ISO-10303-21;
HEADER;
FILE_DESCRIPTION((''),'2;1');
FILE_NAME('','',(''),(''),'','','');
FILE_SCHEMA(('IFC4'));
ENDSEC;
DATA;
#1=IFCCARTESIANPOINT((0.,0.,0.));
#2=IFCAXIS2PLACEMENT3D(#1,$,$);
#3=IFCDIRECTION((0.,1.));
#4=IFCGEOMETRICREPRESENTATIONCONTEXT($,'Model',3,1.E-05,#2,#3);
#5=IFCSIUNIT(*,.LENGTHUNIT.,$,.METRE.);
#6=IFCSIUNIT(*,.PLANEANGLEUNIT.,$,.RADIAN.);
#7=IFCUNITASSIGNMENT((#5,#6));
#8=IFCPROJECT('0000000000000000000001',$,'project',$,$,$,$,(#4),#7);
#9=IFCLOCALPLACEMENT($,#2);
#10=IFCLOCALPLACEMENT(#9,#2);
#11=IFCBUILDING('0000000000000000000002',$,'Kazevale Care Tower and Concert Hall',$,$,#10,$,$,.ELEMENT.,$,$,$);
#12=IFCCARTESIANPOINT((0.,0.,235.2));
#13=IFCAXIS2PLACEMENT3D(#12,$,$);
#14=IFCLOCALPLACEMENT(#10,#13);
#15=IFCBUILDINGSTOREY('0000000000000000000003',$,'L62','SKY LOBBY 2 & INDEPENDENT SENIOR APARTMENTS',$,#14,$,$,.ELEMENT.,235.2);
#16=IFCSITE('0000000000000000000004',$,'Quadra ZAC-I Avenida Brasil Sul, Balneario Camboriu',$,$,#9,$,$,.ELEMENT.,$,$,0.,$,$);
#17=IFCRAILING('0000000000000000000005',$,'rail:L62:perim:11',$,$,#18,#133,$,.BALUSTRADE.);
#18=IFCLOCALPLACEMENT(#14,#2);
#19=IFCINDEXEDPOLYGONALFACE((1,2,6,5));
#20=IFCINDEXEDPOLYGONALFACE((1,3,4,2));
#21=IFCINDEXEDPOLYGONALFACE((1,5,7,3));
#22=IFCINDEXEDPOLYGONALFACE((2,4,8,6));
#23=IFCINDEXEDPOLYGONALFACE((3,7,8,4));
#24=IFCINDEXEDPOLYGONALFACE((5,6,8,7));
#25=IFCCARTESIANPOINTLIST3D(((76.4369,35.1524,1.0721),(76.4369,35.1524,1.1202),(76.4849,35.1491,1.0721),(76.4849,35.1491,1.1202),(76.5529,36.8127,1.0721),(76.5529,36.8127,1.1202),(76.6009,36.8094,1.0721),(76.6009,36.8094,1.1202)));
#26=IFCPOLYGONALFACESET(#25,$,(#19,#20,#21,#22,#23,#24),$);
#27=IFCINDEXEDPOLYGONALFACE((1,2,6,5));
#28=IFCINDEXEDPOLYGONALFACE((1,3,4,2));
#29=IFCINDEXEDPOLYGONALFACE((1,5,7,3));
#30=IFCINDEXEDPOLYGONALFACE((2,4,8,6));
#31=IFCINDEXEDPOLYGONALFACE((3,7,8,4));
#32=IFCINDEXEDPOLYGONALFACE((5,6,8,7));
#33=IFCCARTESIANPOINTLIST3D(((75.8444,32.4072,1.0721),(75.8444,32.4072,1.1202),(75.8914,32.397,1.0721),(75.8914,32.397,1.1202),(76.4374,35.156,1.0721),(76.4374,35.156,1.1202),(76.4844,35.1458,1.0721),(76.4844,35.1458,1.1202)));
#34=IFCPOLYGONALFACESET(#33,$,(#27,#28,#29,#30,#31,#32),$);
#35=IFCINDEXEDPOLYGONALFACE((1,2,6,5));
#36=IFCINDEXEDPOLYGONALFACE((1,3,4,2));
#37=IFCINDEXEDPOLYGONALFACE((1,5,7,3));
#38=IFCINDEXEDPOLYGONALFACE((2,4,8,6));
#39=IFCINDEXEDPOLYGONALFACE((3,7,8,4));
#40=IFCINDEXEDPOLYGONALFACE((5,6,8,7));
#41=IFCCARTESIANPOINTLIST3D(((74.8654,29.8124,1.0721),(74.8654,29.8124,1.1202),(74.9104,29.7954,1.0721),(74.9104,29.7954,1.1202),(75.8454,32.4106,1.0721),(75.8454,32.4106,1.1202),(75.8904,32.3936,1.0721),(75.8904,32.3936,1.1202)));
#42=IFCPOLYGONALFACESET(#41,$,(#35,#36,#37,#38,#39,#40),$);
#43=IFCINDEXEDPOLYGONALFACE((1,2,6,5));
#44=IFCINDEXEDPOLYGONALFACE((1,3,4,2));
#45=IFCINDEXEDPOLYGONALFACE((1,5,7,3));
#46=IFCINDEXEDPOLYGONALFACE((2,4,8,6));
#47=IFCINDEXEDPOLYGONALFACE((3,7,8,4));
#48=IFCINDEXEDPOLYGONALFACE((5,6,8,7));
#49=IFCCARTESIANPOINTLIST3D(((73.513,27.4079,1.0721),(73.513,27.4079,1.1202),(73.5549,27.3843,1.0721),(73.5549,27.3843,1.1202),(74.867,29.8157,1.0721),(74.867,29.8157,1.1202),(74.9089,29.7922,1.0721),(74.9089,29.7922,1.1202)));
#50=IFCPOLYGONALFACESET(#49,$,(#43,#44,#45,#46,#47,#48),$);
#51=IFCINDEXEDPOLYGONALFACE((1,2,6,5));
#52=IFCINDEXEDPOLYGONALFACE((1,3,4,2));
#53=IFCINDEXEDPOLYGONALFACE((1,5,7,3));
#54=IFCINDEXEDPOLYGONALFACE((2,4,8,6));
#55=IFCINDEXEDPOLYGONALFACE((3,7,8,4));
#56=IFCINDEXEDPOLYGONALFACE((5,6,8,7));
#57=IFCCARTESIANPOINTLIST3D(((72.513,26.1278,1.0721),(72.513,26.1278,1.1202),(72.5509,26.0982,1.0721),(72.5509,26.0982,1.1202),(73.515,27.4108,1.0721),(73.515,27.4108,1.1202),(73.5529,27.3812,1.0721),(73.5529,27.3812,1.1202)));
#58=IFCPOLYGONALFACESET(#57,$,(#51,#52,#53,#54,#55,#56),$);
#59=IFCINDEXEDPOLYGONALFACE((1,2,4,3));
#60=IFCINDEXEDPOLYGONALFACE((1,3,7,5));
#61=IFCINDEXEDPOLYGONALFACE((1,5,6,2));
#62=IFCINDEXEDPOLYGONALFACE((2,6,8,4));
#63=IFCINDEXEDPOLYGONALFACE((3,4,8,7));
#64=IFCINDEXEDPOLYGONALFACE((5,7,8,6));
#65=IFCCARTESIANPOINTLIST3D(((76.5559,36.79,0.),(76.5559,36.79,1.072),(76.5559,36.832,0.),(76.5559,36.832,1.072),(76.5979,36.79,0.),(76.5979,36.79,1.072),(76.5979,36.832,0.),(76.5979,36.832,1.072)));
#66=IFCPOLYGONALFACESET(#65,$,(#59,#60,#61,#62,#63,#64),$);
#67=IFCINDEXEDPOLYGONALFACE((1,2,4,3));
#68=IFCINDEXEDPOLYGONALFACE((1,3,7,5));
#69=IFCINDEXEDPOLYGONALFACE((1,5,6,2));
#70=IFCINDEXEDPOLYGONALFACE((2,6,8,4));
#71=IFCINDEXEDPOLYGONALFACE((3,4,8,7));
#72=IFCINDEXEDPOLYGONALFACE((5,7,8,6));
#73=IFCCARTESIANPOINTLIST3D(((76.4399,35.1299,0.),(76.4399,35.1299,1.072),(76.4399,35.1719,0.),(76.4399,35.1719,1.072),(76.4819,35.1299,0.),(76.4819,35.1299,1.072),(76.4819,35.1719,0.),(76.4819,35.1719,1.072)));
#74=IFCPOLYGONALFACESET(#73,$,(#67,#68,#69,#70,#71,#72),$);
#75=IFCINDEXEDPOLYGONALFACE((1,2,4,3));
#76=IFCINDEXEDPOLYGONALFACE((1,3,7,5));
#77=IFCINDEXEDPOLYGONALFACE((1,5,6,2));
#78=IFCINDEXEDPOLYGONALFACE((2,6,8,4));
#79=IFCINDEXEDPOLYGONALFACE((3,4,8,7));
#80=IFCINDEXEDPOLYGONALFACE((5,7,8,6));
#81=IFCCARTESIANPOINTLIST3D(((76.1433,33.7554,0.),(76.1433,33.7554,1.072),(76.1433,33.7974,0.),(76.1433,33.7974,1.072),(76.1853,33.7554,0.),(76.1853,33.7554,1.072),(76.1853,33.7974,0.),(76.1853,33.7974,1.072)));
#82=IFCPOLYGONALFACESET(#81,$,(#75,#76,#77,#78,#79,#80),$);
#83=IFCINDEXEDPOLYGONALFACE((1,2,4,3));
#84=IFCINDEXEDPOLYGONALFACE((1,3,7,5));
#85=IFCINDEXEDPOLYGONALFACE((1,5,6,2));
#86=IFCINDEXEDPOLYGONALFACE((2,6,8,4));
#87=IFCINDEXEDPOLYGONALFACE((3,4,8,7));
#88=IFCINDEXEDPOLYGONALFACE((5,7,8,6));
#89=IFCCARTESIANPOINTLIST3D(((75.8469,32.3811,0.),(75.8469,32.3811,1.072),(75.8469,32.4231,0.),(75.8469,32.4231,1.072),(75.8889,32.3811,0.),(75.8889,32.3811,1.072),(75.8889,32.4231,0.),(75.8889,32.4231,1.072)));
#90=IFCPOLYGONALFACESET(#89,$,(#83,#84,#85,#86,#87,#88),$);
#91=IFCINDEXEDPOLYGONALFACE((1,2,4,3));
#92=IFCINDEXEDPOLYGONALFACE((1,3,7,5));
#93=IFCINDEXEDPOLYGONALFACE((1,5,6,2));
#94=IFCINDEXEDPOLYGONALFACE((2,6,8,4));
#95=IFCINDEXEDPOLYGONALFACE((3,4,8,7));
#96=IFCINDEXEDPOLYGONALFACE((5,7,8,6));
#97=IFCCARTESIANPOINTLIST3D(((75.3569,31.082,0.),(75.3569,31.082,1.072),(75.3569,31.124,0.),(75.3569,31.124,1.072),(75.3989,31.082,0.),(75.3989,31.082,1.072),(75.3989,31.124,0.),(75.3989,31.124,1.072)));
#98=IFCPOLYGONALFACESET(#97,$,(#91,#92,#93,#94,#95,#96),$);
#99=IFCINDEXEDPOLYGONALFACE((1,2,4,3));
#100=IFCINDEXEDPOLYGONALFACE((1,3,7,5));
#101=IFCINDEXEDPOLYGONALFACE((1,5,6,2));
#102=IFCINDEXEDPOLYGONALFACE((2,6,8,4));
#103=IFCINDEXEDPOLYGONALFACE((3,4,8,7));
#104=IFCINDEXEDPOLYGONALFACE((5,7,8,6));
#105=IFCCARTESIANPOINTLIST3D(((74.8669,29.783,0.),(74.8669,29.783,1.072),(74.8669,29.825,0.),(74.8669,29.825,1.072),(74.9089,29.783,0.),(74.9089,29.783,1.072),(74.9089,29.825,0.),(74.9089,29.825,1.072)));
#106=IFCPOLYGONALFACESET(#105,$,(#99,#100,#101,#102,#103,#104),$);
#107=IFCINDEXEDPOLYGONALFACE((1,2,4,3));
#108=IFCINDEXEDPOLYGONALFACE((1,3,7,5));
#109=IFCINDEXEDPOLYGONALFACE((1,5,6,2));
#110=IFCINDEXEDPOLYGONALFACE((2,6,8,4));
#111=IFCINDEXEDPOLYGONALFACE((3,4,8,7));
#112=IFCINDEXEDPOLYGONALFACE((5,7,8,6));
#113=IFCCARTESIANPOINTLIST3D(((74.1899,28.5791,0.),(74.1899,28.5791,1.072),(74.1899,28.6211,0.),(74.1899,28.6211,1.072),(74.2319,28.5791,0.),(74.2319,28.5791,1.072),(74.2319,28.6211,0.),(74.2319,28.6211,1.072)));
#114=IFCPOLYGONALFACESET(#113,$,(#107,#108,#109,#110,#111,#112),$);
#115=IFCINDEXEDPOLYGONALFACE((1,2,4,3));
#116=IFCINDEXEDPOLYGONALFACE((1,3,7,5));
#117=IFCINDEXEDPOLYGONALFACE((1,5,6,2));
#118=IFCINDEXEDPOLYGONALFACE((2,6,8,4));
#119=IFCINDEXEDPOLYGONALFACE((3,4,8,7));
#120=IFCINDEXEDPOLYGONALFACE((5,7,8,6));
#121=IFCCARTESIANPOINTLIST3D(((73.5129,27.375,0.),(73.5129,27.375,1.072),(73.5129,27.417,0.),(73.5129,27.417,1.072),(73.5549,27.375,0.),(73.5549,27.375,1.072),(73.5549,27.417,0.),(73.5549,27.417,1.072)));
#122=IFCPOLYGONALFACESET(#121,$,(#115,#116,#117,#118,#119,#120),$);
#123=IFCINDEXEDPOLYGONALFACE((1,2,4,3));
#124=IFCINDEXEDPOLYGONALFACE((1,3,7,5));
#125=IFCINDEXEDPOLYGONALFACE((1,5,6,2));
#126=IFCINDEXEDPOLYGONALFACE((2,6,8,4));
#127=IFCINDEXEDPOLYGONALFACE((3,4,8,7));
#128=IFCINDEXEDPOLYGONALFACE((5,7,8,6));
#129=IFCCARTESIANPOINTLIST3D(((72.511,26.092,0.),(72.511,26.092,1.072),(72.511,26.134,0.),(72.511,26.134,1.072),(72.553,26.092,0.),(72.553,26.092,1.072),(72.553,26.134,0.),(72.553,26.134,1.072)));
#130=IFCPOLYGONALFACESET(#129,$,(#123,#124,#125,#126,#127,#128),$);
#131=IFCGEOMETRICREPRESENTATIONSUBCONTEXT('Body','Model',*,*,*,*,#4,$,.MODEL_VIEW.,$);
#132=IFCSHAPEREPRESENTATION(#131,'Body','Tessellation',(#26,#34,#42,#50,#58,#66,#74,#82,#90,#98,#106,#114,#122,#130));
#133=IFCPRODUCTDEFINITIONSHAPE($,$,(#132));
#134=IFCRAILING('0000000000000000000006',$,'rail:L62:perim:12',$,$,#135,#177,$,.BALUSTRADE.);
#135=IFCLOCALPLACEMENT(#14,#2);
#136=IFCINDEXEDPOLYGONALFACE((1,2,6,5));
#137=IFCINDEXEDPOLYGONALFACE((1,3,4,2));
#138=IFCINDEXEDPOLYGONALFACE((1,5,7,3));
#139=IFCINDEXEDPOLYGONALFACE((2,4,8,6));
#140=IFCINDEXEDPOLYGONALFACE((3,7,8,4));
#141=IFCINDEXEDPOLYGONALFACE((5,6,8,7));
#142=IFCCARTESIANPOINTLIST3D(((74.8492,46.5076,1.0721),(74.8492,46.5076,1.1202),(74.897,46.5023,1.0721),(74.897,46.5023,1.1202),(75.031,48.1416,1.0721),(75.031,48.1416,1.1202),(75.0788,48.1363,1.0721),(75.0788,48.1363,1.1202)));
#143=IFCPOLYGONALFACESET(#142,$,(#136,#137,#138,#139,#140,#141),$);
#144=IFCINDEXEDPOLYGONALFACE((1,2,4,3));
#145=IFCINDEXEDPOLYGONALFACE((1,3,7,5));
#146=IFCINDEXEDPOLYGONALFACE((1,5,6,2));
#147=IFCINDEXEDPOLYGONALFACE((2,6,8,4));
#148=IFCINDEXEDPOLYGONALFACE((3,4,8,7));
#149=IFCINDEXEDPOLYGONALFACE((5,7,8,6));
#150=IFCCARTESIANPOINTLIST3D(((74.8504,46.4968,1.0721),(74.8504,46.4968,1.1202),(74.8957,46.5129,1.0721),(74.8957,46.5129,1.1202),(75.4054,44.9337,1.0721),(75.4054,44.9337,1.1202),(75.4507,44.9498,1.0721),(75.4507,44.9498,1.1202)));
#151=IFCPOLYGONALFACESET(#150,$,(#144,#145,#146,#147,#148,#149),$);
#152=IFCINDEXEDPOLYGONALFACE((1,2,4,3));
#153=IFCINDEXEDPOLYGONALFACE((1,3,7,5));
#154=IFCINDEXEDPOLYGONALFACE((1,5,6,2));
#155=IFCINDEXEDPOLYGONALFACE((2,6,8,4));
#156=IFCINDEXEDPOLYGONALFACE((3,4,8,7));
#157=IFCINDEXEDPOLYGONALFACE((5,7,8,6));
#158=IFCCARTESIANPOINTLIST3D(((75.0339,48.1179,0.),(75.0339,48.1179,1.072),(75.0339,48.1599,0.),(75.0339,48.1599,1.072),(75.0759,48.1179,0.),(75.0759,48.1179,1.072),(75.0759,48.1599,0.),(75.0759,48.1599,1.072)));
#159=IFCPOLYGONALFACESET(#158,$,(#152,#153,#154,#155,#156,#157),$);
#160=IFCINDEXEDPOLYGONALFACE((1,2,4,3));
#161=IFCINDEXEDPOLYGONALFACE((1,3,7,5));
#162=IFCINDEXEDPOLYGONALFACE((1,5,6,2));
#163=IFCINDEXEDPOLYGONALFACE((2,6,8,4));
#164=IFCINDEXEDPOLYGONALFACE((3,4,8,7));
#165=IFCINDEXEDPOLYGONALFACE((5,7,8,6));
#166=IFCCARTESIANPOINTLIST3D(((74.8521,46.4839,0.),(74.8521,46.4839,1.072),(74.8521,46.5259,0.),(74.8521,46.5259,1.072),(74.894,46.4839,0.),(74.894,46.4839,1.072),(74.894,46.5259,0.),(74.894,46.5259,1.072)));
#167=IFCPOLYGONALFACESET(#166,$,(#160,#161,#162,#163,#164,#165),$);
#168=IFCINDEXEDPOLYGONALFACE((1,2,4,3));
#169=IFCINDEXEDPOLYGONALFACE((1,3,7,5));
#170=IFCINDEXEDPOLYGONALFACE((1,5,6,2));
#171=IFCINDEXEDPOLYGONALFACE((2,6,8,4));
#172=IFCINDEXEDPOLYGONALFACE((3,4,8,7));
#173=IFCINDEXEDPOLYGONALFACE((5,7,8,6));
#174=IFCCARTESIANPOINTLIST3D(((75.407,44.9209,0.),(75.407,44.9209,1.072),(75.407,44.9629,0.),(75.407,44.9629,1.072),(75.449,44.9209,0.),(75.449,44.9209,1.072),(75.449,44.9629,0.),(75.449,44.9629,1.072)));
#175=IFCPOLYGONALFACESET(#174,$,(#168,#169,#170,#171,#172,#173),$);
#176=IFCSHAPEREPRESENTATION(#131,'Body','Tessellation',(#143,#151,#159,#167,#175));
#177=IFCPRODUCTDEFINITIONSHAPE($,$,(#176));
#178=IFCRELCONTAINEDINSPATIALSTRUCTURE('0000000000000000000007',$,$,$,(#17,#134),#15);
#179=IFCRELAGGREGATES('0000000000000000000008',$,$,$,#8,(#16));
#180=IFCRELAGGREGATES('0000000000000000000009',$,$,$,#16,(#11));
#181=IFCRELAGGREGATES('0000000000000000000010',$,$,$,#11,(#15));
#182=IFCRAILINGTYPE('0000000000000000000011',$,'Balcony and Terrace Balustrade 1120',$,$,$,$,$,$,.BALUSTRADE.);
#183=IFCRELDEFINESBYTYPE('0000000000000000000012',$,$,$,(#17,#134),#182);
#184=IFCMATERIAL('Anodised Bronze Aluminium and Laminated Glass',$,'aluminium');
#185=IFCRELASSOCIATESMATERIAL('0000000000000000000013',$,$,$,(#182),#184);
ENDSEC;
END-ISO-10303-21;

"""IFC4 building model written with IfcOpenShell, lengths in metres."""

from ifc_helpers import new_model, si_unit, direction, frame, origin, origin_2d, place, context, subcontext, project, spatial, rectangle, extrude, material, type_object, element, save


model = new_model("IFC4")

# Units and contexts
model_context = context("Model", 3, precision=1e-05, world=origin(), true_north=direction((0.0, 1.0)))
body_context = subcontext(model_context, "Body", "Model", "MODEL_VIEW")
ifc_project = project(units=[si_unit("LENGTHUNIT", "METRE"), si_unit("PLANEANGLEUNIT", "RADIAN")], contexts=[model_context])

# Site, building, storey
site_placement = place(None, origin())
site = spatial("IfcSite", under=ifc_project, at=site_placement, Name="Quadra ZAC-I Avenida Brasil Sul, Balneario Camboriu", CompositionType="ELEMENT", RefElevation=0.0)
building_placement = place(site_placement, origin())
building = spatial("IfcBuilding", under=site, at=building_placement, Name="Kazevale Care Tower and Concert Hall", CompositionType="ELEMENT")
storey_placement = place(building_placement, frame((0.0, 0.0, 235.2)))
storey = spatial("IfcBuildingStorey", under=building, at=storey_placement, Name="L62", Description="SKY LOBBY 2 & INDEPENDENT SENIOR APARTMENTS", CompositionType="ELEMENT", Elevation=235.2)

# Railings
ifc_material_1 = material(Name="Anodised Bronze Aluminium and Laminated Glass", Category="aluminium")
railing_type = type_object("IfcRailingType", Name="Balcony and Terrace Balustrade 1120", PredefinedType="BALUSTRADE", material=ifc_material_1)
railing_1_placement = place(storey_placement, frame((76.5769, 36.811, 0.0)))
element("IfcRailing", 1, at=railing_1_placement, inside=storey, type_object=railing_type, Name="rail:L62:perim:11", PredefinedType="BALUSTRADE", context=body_context, shape_type="SweptSolid", body=[
    extrude(rectangle(XDim=0.0481, YDim=0.0481, at=origin_2d()), frame((0.0, 0.0, 1.0962), z_axis=(-0.069683, -0.997569, 0.0), x_axis=(0.997569, -0.069683, 0.0)), (0.0, 0.0, 1.0), 1.6643),
    extrude(rectangle(XDim=0.0481, YDim=0.0481, at=origin_2d()), frame((-0.116, -1.6602, 1.0962), z_axis=(-0.210887, -0.977511, 0.0), x_axis=(0.977511, -0.210887, 0.0)), (0.0, 0.0, 1.0), 2.812),
    extrude(rectangle(XDim=0.0481, YDim=0.0481, at=origin_2d()), frame((-0.709, -4.4089, 1.0962), z_axis=(-0.352915, -0.935655, 0.0), x_axis=(0.935655, -0.352915, 0.0)), (0.0, 0.0, 1.0), 2.7769),
    extrude(rectangle(XDim=0.0481, YDim=0.0481, at=origin_2d()), frame((-1.689, -7.0071, 1.0962), z_axis=(-0.490131, -0.871649, 0.0), x_axis=(0.871649, -0.490131, 0.0)), (0.0, 0.0, 1.0), 2.7625),
    extrude(rectangle(XDim=0.0481, YDim=0.0481, at=origin_2d()), frame((-3.043, -9.415, 1.0962), z_axis=(-0.615507, -0.788131, 0.0), x_axis=(0.788131, -0.615507, 0.0)), (0.0, 0.0, 1.0), 1.6279),
    extrude(rectangle(XDim=0.042, YDim=0.042, at=origin_2d()), origin(), (0.0, 0.0, 1.0), 1.072),
    extrude(rectangle(XDim=0.042, YDim=0.042, at=origin_2d()), frame((-0.116, -1.6602, 0.0)), (0.0, 0.0, 1.0), 1.072),
    extrude(rectangle(XDim=0.042, YDim=0.042, at=origin_2d()), frame((-0.4126, -3.0347, 0.0)), (0.0, 0.0, 1.0), 1.072),
    extrude(rectangle(XDim=0.042, YDim=0.042, at=origin_2d()), frame((-0.709, -4.4089, 0.0)), (0.0, 0.0, 1.0), 1.072),
    extrude(rectangle(XDim=0.042, YDim=0.042, at=origin_2d()), frame((-1.199, -5.708, 0.0)), (0.0, 0.0, 1.0), 1.072),
    extrude(rectangle(XDim=0.042, YDim=0.042, at=origin_2d()), frame((-1.689, -7.0071, 0.0)), (0.0, 0.0, 1.0), 1.072),
    extrude(rectangle(XDim=0.042, YDim=0.042, at=origin_2d()), frame((-2.366, -8.2109, 0.0)), (0.0, 0.0, 1.0), 1.072),
    extrude(rectangle(XDim=0.042, YDim=0.042, at=origin_2d()), frame((-3.043, -9.415, 0.0)), (0.0, 0.0, 1.0), 1.072),
    extrude(rectangle(XDim=0.042, YDim=0.042, at=origin_2d()), frame((-4.0449, -10.698, 0.0)), (0.0, 0.0, 1.0), 1.072),
])
railing_2_placement = place(storey_placement, frame((75.0549, 48.1389, 0.0)))
element("IfcRailing", 2, at=railing_2_placement, inside=storey, type_object=railing_type, Name="rail:L62:perim:12", PredefinedType="BALUSTRADE", context=body_context, shape_type="SweptSolid", body=[
    extrude(rectangle(XDim=0.0481, YDim=0.0481, at=origin_2d()), frame((0.0, 0.0, 1.0962), z_axis=(-0.110627, -0.993862, 0.0), x_axis=(0.993862, -0.110627, 0.0)), (0.0, 0.0, 1.0), 1.644),
    extrude(rectangle(XDim=0.0481, YDim=0.0481, at=origin_2d()), frame((-0.1819, -1.634, 1.0962), z_axis=(0.334583, -0.942366, 0.0), x_axis=(0.942366, 0.334583, 0.0)), (0.0, 0.0, 1.0), 1.6587),
    extrude(rectangle(XDim=0.042, YDim=0.042, at=origin_2d()), origin(), (0.0, 0.0, 1.0), 1.072),
    extrude(rectangle(XDim=0.042, YDim=0.042, at=origin_2d()), frame((-0.1819, -1.634, 0.0)), (0.0, 0.0, 1.0), 1.072),
    extrude(rectangle(XDim=0.042, YDim=0.042, at=origin_2d()), frame((0.373, -3.197, 0.0)), (0.0, 0.0, 1.0), 1.072),
])

save(model, "model.ifc")
